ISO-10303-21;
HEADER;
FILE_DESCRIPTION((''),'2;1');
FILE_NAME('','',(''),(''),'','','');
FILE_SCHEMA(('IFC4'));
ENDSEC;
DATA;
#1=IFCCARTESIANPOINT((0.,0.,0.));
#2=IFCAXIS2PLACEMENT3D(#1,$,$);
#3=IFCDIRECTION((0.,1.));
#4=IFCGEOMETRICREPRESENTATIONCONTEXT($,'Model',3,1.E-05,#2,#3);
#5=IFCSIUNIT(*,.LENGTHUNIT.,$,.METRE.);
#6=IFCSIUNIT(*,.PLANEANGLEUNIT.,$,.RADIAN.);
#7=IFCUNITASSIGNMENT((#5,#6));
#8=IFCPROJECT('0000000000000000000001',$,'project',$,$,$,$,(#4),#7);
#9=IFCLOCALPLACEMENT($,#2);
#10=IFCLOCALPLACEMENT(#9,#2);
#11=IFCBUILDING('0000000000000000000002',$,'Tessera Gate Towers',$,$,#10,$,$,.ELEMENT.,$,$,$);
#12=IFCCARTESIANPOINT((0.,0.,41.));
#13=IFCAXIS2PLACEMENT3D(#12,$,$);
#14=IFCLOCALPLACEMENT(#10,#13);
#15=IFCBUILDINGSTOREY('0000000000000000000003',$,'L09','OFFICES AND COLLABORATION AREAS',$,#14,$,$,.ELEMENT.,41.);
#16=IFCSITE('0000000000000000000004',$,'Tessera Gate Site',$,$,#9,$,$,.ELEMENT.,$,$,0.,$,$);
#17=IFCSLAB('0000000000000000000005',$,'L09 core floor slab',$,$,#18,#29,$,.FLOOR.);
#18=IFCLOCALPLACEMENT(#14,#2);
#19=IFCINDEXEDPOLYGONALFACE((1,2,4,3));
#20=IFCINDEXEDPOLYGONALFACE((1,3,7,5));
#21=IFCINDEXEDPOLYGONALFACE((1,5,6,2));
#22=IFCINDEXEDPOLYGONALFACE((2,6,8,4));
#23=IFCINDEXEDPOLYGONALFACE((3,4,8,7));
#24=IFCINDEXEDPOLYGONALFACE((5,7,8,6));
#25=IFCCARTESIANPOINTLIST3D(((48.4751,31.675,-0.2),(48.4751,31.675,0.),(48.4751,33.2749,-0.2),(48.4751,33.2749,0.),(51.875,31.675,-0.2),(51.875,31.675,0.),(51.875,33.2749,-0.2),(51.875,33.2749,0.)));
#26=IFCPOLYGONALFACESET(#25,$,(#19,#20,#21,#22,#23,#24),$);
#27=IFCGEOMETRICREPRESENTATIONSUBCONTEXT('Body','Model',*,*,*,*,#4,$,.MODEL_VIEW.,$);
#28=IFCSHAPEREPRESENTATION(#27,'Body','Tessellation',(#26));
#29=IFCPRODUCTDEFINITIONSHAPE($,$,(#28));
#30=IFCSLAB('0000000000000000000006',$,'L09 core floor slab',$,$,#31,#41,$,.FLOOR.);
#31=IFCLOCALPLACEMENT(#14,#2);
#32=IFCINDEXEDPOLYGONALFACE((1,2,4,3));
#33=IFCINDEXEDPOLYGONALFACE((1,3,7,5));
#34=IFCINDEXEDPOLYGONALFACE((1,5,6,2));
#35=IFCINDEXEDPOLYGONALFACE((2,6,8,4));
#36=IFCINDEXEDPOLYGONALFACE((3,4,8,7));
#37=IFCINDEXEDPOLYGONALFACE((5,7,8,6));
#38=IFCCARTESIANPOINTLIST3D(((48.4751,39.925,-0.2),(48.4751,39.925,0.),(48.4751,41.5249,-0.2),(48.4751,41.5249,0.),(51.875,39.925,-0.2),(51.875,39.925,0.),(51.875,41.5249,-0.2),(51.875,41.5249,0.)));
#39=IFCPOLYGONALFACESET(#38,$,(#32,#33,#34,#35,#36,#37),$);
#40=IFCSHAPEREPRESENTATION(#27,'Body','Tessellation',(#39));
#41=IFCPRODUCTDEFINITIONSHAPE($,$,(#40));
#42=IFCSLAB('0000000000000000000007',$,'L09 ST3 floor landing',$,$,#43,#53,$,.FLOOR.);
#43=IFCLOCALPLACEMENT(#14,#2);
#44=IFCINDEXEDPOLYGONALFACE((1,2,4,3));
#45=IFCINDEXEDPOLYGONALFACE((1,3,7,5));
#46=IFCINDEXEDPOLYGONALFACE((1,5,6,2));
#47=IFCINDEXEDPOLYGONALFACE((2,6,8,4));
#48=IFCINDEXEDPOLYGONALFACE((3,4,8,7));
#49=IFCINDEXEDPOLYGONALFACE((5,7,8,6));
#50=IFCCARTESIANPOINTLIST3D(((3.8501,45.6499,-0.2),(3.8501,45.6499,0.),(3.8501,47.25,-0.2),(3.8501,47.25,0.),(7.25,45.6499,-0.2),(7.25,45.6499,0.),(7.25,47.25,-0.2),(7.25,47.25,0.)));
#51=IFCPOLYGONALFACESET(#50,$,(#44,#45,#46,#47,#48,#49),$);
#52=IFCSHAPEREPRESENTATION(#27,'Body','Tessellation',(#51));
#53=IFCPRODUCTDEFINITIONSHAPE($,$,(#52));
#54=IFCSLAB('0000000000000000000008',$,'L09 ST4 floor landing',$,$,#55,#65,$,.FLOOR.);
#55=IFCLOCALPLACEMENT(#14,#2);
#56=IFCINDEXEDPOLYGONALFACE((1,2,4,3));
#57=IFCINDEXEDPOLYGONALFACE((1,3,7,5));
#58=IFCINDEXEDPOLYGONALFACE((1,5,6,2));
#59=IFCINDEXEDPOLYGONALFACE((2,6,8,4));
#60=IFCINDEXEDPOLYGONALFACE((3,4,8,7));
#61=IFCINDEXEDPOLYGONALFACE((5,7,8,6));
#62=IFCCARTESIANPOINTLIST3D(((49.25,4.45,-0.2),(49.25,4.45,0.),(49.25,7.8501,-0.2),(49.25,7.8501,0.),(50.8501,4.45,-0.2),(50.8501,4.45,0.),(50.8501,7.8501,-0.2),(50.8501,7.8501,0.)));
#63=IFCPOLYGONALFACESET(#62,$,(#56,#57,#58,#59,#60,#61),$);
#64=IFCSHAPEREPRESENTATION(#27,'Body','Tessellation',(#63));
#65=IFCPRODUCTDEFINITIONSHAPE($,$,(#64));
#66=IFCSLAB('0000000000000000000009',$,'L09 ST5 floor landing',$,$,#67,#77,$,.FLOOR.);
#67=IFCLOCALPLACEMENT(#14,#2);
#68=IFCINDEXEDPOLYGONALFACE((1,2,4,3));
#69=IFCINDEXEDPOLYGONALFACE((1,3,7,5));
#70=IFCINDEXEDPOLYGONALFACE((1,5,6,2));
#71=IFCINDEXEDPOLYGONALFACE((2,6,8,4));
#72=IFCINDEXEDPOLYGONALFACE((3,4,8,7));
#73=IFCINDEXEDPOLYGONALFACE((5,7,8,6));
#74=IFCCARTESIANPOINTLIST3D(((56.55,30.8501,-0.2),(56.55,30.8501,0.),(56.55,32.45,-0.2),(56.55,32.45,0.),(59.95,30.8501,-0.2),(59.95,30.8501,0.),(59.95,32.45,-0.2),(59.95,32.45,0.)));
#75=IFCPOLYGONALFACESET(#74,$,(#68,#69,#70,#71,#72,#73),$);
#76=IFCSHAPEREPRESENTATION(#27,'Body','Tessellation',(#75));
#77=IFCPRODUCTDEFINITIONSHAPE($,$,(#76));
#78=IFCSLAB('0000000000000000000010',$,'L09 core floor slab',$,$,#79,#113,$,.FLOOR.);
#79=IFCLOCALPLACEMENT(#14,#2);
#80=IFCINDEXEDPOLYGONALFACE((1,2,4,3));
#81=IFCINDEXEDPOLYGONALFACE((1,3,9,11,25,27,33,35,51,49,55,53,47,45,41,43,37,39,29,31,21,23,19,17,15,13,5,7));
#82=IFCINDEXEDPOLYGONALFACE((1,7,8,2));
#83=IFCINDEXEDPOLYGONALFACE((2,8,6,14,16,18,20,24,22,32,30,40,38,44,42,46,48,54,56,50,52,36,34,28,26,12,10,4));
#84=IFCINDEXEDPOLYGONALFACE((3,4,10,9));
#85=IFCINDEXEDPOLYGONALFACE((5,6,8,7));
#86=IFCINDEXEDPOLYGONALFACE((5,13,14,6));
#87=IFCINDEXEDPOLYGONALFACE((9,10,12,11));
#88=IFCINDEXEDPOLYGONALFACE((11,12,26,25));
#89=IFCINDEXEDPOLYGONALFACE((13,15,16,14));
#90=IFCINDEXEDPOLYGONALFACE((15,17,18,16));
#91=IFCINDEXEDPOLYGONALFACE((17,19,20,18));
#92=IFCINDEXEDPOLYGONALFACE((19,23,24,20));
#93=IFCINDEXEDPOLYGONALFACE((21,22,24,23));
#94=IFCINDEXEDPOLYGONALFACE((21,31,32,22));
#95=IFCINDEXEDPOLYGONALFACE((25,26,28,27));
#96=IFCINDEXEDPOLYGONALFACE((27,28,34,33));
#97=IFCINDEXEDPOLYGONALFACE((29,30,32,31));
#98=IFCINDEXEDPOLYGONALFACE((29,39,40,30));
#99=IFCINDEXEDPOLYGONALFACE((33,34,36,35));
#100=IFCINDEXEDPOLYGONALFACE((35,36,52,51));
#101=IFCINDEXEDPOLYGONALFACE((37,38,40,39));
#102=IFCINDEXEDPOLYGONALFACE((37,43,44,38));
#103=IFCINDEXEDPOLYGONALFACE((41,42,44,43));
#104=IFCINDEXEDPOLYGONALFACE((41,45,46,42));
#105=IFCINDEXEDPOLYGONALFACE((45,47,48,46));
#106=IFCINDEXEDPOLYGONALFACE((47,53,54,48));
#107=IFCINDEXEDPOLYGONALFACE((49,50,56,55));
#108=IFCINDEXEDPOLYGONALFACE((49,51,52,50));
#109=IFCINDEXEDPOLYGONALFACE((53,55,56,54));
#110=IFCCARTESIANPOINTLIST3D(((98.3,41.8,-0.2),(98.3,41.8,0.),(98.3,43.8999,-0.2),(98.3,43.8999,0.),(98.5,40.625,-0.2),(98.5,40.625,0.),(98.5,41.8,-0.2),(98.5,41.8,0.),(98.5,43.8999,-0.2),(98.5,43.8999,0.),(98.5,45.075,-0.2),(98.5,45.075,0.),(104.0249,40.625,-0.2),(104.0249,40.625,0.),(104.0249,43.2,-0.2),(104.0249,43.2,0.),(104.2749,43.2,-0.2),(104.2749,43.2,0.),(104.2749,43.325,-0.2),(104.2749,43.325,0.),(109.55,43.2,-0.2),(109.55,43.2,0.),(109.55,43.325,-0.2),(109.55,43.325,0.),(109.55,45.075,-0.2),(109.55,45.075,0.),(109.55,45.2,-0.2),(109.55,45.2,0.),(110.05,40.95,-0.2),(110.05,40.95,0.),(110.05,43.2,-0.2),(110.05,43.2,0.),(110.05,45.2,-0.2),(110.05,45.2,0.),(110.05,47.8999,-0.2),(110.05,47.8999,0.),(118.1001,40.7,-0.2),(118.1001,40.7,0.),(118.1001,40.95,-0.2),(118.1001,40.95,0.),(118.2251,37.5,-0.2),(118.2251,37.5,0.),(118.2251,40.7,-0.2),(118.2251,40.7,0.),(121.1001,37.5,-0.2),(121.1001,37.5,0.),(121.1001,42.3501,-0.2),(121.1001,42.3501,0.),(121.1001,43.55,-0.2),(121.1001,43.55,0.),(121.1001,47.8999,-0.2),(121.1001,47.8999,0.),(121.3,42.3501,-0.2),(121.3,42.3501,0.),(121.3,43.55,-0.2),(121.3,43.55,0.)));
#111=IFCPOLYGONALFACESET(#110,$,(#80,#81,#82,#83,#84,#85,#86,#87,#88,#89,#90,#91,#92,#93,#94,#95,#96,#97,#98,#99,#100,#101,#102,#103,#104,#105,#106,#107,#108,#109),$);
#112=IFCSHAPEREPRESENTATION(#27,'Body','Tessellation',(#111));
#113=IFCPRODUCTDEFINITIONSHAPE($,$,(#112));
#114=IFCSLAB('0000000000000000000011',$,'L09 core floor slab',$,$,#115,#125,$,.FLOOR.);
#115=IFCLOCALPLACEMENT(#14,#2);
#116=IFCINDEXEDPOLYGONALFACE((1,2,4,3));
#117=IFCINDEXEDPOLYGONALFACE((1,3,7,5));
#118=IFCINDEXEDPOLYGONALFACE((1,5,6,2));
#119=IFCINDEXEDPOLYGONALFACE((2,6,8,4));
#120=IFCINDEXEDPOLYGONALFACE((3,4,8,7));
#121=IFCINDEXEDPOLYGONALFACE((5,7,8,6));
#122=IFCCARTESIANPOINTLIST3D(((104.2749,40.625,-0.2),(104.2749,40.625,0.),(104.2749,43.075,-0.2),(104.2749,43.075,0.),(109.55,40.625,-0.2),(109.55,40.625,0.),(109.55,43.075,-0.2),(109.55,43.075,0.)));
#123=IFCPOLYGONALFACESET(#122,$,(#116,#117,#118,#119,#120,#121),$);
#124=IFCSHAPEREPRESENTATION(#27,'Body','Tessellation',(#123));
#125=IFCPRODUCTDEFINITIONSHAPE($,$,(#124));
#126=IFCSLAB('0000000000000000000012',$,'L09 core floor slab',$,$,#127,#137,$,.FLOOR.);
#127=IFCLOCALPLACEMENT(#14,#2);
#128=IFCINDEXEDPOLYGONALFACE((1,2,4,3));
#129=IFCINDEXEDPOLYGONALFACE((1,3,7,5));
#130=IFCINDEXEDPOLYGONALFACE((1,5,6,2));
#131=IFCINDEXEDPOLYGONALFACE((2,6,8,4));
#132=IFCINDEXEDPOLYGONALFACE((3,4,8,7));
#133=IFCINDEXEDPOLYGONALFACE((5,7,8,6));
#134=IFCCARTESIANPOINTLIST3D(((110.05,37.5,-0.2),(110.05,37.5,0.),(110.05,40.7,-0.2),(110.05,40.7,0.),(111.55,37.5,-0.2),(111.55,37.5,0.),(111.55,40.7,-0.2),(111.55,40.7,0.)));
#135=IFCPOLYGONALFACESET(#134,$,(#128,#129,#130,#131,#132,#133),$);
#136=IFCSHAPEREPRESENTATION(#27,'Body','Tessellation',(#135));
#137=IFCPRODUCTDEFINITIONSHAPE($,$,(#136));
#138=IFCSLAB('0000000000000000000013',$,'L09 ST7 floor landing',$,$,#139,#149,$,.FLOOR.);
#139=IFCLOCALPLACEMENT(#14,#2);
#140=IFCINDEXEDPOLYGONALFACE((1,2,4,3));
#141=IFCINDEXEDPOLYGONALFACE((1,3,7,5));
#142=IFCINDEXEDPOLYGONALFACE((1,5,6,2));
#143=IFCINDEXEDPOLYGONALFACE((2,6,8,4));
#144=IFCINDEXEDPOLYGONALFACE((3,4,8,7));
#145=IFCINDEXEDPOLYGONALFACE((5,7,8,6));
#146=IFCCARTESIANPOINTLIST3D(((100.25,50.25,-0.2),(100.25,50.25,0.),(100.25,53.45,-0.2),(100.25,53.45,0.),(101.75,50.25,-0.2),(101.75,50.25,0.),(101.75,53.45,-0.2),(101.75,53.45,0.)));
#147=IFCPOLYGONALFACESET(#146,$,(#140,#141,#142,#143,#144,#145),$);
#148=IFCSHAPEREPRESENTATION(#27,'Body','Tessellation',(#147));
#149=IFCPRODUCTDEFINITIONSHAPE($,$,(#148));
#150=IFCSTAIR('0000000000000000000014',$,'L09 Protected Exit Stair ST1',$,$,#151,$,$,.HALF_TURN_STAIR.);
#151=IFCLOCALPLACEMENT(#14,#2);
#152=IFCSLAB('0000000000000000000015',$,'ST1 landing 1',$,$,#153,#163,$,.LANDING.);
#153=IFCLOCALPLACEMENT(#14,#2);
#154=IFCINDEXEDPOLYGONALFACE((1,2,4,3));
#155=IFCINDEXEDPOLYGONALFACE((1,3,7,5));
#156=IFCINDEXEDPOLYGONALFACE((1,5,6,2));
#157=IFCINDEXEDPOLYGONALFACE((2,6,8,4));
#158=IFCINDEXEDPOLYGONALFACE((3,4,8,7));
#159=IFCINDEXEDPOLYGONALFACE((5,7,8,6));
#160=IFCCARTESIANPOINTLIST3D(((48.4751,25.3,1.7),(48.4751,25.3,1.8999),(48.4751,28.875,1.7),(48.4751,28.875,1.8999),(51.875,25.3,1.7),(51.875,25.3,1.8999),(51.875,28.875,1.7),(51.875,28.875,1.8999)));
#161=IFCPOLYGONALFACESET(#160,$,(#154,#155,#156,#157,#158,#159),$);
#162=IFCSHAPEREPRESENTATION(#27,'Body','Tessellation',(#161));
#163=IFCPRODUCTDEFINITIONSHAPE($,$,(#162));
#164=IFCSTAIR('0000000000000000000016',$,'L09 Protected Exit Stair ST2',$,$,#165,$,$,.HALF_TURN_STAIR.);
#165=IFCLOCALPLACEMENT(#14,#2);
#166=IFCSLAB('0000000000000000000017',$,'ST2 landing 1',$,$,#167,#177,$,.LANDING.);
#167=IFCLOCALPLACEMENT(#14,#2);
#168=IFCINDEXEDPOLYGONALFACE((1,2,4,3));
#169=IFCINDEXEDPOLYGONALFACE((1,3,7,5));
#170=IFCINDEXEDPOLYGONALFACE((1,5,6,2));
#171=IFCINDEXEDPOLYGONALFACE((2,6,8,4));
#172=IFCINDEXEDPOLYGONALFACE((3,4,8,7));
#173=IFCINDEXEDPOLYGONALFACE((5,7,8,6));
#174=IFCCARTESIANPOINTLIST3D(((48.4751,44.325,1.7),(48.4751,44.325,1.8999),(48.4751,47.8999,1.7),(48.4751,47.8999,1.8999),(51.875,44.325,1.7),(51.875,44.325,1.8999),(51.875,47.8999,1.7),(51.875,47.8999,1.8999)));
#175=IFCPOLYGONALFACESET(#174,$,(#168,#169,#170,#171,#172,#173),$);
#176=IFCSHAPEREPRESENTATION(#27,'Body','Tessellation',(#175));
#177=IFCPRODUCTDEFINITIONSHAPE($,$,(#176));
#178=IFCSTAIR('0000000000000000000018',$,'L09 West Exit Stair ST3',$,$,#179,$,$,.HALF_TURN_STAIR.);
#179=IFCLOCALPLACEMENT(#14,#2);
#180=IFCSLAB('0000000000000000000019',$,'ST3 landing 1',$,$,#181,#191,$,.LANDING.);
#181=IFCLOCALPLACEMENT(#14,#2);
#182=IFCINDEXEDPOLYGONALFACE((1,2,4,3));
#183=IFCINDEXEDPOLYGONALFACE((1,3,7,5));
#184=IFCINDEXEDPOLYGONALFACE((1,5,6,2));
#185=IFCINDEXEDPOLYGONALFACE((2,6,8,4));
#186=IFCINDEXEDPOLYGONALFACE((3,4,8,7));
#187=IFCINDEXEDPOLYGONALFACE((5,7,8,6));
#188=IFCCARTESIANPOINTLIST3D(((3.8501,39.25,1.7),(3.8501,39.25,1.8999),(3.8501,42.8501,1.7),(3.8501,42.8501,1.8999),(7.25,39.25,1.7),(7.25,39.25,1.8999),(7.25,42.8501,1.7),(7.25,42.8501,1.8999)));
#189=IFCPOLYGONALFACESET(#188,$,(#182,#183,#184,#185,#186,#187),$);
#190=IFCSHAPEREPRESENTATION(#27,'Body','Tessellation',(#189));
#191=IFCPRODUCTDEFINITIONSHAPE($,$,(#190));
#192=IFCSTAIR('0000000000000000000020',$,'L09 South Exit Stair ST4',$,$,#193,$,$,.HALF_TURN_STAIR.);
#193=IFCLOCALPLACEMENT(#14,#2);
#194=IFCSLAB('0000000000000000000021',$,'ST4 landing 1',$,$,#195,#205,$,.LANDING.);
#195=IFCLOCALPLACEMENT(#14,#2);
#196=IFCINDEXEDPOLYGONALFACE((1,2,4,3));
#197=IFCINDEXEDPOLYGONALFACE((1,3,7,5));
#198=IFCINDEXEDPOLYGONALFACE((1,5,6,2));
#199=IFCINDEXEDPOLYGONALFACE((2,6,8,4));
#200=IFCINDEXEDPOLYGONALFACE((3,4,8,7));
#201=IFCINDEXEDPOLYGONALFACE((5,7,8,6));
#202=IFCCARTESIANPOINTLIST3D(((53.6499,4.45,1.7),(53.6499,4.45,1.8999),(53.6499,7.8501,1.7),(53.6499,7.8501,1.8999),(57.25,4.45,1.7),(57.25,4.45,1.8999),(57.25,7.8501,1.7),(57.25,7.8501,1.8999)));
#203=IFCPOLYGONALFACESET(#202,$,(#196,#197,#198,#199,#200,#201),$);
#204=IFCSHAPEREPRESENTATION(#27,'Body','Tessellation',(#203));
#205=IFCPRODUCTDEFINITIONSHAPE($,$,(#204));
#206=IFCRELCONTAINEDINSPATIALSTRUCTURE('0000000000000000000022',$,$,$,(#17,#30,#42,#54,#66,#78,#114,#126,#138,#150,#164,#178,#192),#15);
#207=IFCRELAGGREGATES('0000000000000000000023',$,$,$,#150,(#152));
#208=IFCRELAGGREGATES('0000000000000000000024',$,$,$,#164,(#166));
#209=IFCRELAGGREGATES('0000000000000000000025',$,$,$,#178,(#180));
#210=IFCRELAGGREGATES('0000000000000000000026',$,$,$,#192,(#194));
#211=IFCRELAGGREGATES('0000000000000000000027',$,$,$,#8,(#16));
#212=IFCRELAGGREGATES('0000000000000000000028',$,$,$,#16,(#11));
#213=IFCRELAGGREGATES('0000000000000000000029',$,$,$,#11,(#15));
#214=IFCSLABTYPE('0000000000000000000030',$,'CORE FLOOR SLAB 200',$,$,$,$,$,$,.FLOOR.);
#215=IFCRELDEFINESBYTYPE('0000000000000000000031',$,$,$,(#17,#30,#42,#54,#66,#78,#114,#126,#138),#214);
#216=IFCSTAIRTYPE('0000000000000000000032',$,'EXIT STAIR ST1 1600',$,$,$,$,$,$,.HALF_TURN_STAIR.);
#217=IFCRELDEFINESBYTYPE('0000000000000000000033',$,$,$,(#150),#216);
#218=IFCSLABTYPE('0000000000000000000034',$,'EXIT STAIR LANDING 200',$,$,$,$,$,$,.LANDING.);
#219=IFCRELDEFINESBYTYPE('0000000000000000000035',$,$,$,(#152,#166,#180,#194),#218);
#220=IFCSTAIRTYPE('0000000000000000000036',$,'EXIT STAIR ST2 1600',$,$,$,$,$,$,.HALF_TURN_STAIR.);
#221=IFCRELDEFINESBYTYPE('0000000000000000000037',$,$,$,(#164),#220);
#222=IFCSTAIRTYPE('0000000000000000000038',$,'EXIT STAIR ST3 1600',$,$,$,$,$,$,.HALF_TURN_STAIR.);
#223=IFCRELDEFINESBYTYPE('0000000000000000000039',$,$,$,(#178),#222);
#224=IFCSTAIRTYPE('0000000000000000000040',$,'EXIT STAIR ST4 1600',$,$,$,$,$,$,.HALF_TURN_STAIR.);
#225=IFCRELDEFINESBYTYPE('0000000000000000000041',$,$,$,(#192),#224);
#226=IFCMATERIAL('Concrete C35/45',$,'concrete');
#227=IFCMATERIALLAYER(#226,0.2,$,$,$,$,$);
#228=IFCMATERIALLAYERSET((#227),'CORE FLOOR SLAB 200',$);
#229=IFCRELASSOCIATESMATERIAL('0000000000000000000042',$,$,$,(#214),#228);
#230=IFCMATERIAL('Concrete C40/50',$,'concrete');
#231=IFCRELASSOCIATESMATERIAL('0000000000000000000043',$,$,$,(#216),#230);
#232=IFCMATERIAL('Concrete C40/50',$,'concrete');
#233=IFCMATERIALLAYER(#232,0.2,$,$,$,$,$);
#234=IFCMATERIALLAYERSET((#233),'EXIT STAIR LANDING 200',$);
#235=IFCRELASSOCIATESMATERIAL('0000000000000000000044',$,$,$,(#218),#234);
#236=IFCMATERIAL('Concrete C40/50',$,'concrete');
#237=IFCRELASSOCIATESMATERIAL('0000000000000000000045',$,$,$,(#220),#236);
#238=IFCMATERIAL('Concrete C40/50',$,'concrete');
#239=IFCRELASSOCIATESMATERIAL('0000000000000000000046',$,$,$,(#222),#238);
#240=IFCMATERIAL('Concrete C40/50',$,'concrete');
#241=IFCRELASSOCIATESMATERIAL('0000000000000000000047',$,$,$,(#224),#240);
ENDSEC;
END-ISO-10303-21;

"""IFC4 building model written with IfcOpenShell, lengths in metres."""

from ifc_helpers import new_model, si_unit, direction, frame, origin, place, context, subcontext, project, spatial, polyline, outline, extrude, material, layer, layer_set, type_object, element, aggregate, save


model = new_model("IFC4")

# Units and contexts
model_context = context("Model", 3, precision=1e-05, world=origin(), true_north=direction((0.0, 1.0)))
body_context = subcontext(model_context, "Body", "Model", "MODEL_VIEW")
ifc_project = project(units=[si_unit("LENGTHUNIT", "METRE"), si_unit("PLANEANGLEUNIT", "RADIAN")], contexts=[model_context])

# Site, building, storey
site_placement = place(None, origin())
site = spatial("IfcSite", under=ifc_project, at=site_placement, Name="Tessera Gate Site", CompositionType="ELEMENT", RefElevation=0.0)
building_placement = place(site_placement, origin())
building = spatial("IfcBuilding", under=site, at=building_placement, Name="Tessera Gate Towers", CompositionType="ELEMENT")
storey_placement = place(building_placement, frame((0.0, 0.0, 41.0)))
storey = spatial("IfcBuildingStorey", under=building, at=storey_placement, Name="L09", Description="OFFICES AND COLLABORATION AREAS", CompositionType="ELEMENT", Elevation=41.0)

# Slabs
ifc_material_1 = material(Name="Concrete C35/45", Category="concrete")
ifc_layer_1 = layer(ifc_material_1, 0.2)
ifc_layer_set_1 = layer_set([ifc_layer_1], Name="CORE FLOOR SLAB 200")
slab_type_1 = type_object("IfcSlabType", Name="CORE FLOOR SLAB 200", PredefinedType="FLOOR", material=ifc_layer_set_1)
slab_1_placement = place(storey_placement, frame((0.0, 0.0, -0.2)))
element("IfcSlab", 1, at=slab_1_placement, inside=storey, type_object=slab_type_1, Name="L09 core floor slab", PredefinedType="FLOOR", context=body_context, shape_type="SweptSolid", body=[
    extrude(outline(polyline([(51.875, 31.675), (51.875, 33.2749), (48.4751, 33.2749), (48.4751, 31.675), (51.875, 31.675)])), origin(), (0.0, 0.0, 1.0), 0.2),
])
slab_2_placement = place(storey_placement, frame((0.0, 0.0, -0.2)))
element("IfcSlab", 2, at=slab_2_placement, inside=storey, type_object=slab_type_1, Name="L09 core floor slab", PredefinedType="FLOOR", context=body_context, shape_type="SweptSolid", body=[
    extrude(outline(polyline([(48.4751, 41.5249), (48.4751, 39.925), (51.875, 39.925), (51.875, 41.5249), (48.4751, 41.5249)])), origin(), (0.0, 0.0, 1.0), 0.2),
])
slab_3_placement = place(storey_placement, frame((0.0, 0.0, -0.2)))
element("IfcSlab", 3, at=slab_3_placement, inside=storey, type_object=slab_type_1, Name="L09 ST3 floor landing", PredefinedType="FLOOR", context=body_context, shape_type="SweptSolid", body=[
    extrude(outline(polyline([(3.8501, 47.25), (3.8501, 45.6499), (7.25, 45.6499), (7.25, 47.25), (3.8501, 47.25)])), origin(), (0.0, 0.0, 1.0), 0.2),
])
slab_4_placement = place(storey_placement, frame((0.0, 0.0, -0.2)))
element("IfcSlab", 4, at=slab_4_placement, inside=storey, type_object=slab_type_1, Name="L09 ST4 floor landing", PredefinedType="FLOOR", context=body_context, shape_type="SweptSolid", body=[
    extrude(outline(polyline([(49.25, 4.45), (50.8501, 4.45), (50.8501, 7.8501), (49.25, 7.8501), (49.25, 4.45)])), origin(), (0.0, 0.0, 1.0), 0.2),
])
slab_5_placement = place(storey_placement, frame((0.0, 0.0, -0.2)))
element("IfcSlab", 5, at=slab_5_placement, inside=storey, type_object=slab_type_1, Name="L09 ST5 floor landing", PredefinedType="FLOOR", context=body_context, shape_type="SweptSolid", body=[
    extrude(outline(polyline([(59.95, 30.8501), (59.95, 32.45), (56.55, 32.45), (56.55, 30.8501), (59.95, 30.8501)])), origin(), (0.0, 0.0, 1.0), 0.2),
])
slab_6_placement = place(storey_placement, frame((0.0, 0.0, -0.2)))
element("IfcSlab", 6, at=slab_6_placement, inside=storey, type_object=slab_type_1, Name="L09 core floor slab", PredefinedType="FLOOR", context=body_context, shape_type="SweptSolid", body=[
    extrude(outline(polyline([(109.55, 45.2), (109.55, 45.075), (98.5, 45.075), (98.5, 43.8999), (98.3, 43.8999), (98.3, 41.8), (98.5, 41.8), (98.5, 40.625), (104.0249, 40.625), (104.0249, 43.2), (104.2749, 43.2), (104.2749, 43.325), (109.55, 43.325), (109.55, 43.2), (110.05, 43.2), (110.05, 40.95), (118.1001, 40.95), (118.1001, 40.7), (118.2251, 40.7), (118.2251, 37.5), (121.1001, 37.5), (121.1001, 42.3501), (121.3, 42.3501), (121.3, 43.55), (121.1001, 43.55), (121.1001, 47.8999), (110.05, 47.8999), (110.05, 45.2), (109.55, 45.2)])), origin(), (0.0, 0.0, 1.0), 0.2),
])
slab_7_placement = place(storey_placement, frame((0.0, 0.0, -0.2)))
element("IfcSlab", 7, at=slab_7_placement, inside=storey, type_object=slab_type_1, Name="L09 core floor slab", PredefinedType="FLOOR", context=body_context, shape_type="SweptSolid", body=[
    extrude(outline(polyline([(109.55, 43.075), (104.2749, 43.075), (104.2749, 40.625), (109.55, 40.625), (109.55, 43.075)])), origin(), (0.0, 0.0, 1.0), 0.2),
])
slab_8_placement = place(storey_placement, frame((0.0, 0.0, -0.2)))
element("IfcSlab", 8, at=slab_8_placement, inside=storey, type_object=slab_type_1, Name="L09 core floor slab", PredefinedType="FLOOR", context=body_context, shape_type="SweptSolid", body=[
    extrude(outline(polyline([(111.55, 37.5), (111.55, 40.7), (110.05, 40.7), (110.05, 37.5), (111.55, 37.5)])), origin(), (0.0, 0.0, 1.0), 0.2),
])
slab_9_placement = place(storey_placement, frame((0.0, 0.0, -0.2)))
element("IfcSlab", 9, at=slab_9_placement, inside=storey, type_object=slab_type_1, Name="L09 ST7 floor landing", PredefinedType="FLOOR", context=body_context, shape_type="SweptSolid", body=[
    extrude(outline(polyline([(100.25, 50.25), (101.75, 50.25), (101.75, 53.45), (100.25, 53.45), (100.25, 50.25)])), origin(), (0.0, 0.0, 1.0), 0.2),
])

# Stairs, slabs
ifc_material_2 = material(Name="Concrete C40/50", Category="concrete")
stair_type_1 = type_object("IfcStairType", Name="EXIT STAIR ST1 1600", PredefinedType="HALF_TURN_STAIR", material=ifc_material_2)
stair_1_placement = place(storey_placement, origin())
stair_1 = element("IfcStair", 10, at=stair_1_placement, inside=storey, type_object=stair_type_1, Name="L09 Protected Exit Stair ST1", PredefinedType="HALF_TURN_STAIR")
ifc_material_3 = material(Name="Concrete C40/50", Category="concrete")
ifc_layer_2 = layer(ifc_material_3, 0.2)
ifc_layer_set_2 = layer_set([ifc_layer_2], Name="EXIT STAIR LANDING 200")
slab_type_2 = type_object("IfcSlabType", Name="EXIT STAIR LANDING 200", PredefinedType="LANDING", material=ifc_layer_set_2)
slab_10_placement = place(storey_placement, frame((0.0, 0.0, 1.7)))
slab_10 = element("IfcSlab", 11, at=slab_10_placement, type_object=slab_type_2, Name="ST1 landing 1", PredefinedType="LANDING", context=body_context, shape_type="SweptSolid", body=[
    extrude(outline(polyline([(48.4751, 28.875), (48.4751, 25.3), (51.875, 25.3), (51.875, 28.875), (48.4751, 28.875)])), origin(), (0.0, 0.0, 1.0), 0.2),
])
aggregate(stair_1, [slab_10])
ifc_material_4 = material(Name="Concrete C40/50", Category="concrete")
stair_type_2 = type_object("IfcStairType", Name="EXIT STAIR ST2 1600", PredefinedType="HALF_TURN_STAIR", material=ifc_material_4)
stair_2_placement = place(storey_placement, origin())
stair_2 = element("IfcStair", 12, at=stair_2_placement, inside=storey, type_object=stair_type_2, Name="L09 Protected Exit Stair ST2", PredefinedType="HALF_TURN_STAIR")
slab_11_placement = place(storey_placement, frame((0.0, 0.0, 1.7)))
slab_11 = element("IfcSlab", 13, at=slab_11_placement, type_object=slab_type_2, Name="ST2 landing 1", PredefinedType="LANDING", context=body_context, shape_type="SweptSolid", body=[
    extrude(outline(polyline([(51.875, 44.325), (51.875, 47.8999), (48.4751, 47.8999), (48.4751, 44.325), (51.875, 44.325)])), origin(), (0.0, 0.0, 1.0), 0.2),
])
aggregate(stair_2, [slab_11])
ifc_material_5 = material(Name="Concrete C40/50", Category="concrete")
stair_type_3 = type_object("IfcStairType", Name="EXIT STAIR ST3 1600", PredefinedType="HALF_TURN_STAIR", material=ifc_material_5)
stair_3_placement = place(storey_placement, origin())
stair_3 = element("IfcStair", 14, at=stair_3_placement, inside=storey, type_object=stair_type_3, Name="L09 West Exit Stair ST3", PredefinedType="HALF_TURN_STAIR")
slab_12_placement = place(storey_placement, frame((0.0, 0.0, 1.7)))
slab_12 = element("IfcSlab", 15, at=slab_12_placement, type_object=slab_type_2, Name="ST3 landing 1", PredefinedType="LANDING", context=body_context, shape_type="SweptSolid", body=[
    extrude(outline(polyline([(3.8501, 42.8501), (3.8501, 39.25), (7.25, 39.25), (7.25, 42.8501), (3.8501, 42.8501)])), origin(), (0.0, 0.0, 1.0), 0.2),
])
aggregate(stair_3, [slab_12])
ifc_material_6 = material(Name="Concrete C40/50", Category="concrete")
stair_type_4 = type_object("IfcStairType", Name="EXIT STAIR ST4 1600", PredefinedType="HALF_TURN_STAIR", material=ifc_material_6)
stair_4_placement = place(storey_placement, origin())
stair_4 = element("IfcStair", 16, at=stair_4_placement, inside=storey, type_object=stair_type_4, Name="L09 South Exit Stair ST4", PredefinedType="HALF_TURN_STAIR")
slab_13_placement = place(storey_placement, frame((0.0, 0.0, 1.7)))
slab_13 = element("IfcSlab", 17, at=slab_13_placement, type_object=slab_type_2, Name="ST4 landing 1", PredefinedType="LANDING", context=body_context, shape_type="SweptSolid", body=[
    extrude(outline(polyline([(53.6499, 4.45), (57.25, 4.45), (57.25, 7.8501), (53.6499, 7.8501), (53.6499, 4.45)])), origin(), (0.0, 0.0, 1.0), 0.2),
])
aggregate(stair_4, [slab_13])

save(model, "model.ifc")
